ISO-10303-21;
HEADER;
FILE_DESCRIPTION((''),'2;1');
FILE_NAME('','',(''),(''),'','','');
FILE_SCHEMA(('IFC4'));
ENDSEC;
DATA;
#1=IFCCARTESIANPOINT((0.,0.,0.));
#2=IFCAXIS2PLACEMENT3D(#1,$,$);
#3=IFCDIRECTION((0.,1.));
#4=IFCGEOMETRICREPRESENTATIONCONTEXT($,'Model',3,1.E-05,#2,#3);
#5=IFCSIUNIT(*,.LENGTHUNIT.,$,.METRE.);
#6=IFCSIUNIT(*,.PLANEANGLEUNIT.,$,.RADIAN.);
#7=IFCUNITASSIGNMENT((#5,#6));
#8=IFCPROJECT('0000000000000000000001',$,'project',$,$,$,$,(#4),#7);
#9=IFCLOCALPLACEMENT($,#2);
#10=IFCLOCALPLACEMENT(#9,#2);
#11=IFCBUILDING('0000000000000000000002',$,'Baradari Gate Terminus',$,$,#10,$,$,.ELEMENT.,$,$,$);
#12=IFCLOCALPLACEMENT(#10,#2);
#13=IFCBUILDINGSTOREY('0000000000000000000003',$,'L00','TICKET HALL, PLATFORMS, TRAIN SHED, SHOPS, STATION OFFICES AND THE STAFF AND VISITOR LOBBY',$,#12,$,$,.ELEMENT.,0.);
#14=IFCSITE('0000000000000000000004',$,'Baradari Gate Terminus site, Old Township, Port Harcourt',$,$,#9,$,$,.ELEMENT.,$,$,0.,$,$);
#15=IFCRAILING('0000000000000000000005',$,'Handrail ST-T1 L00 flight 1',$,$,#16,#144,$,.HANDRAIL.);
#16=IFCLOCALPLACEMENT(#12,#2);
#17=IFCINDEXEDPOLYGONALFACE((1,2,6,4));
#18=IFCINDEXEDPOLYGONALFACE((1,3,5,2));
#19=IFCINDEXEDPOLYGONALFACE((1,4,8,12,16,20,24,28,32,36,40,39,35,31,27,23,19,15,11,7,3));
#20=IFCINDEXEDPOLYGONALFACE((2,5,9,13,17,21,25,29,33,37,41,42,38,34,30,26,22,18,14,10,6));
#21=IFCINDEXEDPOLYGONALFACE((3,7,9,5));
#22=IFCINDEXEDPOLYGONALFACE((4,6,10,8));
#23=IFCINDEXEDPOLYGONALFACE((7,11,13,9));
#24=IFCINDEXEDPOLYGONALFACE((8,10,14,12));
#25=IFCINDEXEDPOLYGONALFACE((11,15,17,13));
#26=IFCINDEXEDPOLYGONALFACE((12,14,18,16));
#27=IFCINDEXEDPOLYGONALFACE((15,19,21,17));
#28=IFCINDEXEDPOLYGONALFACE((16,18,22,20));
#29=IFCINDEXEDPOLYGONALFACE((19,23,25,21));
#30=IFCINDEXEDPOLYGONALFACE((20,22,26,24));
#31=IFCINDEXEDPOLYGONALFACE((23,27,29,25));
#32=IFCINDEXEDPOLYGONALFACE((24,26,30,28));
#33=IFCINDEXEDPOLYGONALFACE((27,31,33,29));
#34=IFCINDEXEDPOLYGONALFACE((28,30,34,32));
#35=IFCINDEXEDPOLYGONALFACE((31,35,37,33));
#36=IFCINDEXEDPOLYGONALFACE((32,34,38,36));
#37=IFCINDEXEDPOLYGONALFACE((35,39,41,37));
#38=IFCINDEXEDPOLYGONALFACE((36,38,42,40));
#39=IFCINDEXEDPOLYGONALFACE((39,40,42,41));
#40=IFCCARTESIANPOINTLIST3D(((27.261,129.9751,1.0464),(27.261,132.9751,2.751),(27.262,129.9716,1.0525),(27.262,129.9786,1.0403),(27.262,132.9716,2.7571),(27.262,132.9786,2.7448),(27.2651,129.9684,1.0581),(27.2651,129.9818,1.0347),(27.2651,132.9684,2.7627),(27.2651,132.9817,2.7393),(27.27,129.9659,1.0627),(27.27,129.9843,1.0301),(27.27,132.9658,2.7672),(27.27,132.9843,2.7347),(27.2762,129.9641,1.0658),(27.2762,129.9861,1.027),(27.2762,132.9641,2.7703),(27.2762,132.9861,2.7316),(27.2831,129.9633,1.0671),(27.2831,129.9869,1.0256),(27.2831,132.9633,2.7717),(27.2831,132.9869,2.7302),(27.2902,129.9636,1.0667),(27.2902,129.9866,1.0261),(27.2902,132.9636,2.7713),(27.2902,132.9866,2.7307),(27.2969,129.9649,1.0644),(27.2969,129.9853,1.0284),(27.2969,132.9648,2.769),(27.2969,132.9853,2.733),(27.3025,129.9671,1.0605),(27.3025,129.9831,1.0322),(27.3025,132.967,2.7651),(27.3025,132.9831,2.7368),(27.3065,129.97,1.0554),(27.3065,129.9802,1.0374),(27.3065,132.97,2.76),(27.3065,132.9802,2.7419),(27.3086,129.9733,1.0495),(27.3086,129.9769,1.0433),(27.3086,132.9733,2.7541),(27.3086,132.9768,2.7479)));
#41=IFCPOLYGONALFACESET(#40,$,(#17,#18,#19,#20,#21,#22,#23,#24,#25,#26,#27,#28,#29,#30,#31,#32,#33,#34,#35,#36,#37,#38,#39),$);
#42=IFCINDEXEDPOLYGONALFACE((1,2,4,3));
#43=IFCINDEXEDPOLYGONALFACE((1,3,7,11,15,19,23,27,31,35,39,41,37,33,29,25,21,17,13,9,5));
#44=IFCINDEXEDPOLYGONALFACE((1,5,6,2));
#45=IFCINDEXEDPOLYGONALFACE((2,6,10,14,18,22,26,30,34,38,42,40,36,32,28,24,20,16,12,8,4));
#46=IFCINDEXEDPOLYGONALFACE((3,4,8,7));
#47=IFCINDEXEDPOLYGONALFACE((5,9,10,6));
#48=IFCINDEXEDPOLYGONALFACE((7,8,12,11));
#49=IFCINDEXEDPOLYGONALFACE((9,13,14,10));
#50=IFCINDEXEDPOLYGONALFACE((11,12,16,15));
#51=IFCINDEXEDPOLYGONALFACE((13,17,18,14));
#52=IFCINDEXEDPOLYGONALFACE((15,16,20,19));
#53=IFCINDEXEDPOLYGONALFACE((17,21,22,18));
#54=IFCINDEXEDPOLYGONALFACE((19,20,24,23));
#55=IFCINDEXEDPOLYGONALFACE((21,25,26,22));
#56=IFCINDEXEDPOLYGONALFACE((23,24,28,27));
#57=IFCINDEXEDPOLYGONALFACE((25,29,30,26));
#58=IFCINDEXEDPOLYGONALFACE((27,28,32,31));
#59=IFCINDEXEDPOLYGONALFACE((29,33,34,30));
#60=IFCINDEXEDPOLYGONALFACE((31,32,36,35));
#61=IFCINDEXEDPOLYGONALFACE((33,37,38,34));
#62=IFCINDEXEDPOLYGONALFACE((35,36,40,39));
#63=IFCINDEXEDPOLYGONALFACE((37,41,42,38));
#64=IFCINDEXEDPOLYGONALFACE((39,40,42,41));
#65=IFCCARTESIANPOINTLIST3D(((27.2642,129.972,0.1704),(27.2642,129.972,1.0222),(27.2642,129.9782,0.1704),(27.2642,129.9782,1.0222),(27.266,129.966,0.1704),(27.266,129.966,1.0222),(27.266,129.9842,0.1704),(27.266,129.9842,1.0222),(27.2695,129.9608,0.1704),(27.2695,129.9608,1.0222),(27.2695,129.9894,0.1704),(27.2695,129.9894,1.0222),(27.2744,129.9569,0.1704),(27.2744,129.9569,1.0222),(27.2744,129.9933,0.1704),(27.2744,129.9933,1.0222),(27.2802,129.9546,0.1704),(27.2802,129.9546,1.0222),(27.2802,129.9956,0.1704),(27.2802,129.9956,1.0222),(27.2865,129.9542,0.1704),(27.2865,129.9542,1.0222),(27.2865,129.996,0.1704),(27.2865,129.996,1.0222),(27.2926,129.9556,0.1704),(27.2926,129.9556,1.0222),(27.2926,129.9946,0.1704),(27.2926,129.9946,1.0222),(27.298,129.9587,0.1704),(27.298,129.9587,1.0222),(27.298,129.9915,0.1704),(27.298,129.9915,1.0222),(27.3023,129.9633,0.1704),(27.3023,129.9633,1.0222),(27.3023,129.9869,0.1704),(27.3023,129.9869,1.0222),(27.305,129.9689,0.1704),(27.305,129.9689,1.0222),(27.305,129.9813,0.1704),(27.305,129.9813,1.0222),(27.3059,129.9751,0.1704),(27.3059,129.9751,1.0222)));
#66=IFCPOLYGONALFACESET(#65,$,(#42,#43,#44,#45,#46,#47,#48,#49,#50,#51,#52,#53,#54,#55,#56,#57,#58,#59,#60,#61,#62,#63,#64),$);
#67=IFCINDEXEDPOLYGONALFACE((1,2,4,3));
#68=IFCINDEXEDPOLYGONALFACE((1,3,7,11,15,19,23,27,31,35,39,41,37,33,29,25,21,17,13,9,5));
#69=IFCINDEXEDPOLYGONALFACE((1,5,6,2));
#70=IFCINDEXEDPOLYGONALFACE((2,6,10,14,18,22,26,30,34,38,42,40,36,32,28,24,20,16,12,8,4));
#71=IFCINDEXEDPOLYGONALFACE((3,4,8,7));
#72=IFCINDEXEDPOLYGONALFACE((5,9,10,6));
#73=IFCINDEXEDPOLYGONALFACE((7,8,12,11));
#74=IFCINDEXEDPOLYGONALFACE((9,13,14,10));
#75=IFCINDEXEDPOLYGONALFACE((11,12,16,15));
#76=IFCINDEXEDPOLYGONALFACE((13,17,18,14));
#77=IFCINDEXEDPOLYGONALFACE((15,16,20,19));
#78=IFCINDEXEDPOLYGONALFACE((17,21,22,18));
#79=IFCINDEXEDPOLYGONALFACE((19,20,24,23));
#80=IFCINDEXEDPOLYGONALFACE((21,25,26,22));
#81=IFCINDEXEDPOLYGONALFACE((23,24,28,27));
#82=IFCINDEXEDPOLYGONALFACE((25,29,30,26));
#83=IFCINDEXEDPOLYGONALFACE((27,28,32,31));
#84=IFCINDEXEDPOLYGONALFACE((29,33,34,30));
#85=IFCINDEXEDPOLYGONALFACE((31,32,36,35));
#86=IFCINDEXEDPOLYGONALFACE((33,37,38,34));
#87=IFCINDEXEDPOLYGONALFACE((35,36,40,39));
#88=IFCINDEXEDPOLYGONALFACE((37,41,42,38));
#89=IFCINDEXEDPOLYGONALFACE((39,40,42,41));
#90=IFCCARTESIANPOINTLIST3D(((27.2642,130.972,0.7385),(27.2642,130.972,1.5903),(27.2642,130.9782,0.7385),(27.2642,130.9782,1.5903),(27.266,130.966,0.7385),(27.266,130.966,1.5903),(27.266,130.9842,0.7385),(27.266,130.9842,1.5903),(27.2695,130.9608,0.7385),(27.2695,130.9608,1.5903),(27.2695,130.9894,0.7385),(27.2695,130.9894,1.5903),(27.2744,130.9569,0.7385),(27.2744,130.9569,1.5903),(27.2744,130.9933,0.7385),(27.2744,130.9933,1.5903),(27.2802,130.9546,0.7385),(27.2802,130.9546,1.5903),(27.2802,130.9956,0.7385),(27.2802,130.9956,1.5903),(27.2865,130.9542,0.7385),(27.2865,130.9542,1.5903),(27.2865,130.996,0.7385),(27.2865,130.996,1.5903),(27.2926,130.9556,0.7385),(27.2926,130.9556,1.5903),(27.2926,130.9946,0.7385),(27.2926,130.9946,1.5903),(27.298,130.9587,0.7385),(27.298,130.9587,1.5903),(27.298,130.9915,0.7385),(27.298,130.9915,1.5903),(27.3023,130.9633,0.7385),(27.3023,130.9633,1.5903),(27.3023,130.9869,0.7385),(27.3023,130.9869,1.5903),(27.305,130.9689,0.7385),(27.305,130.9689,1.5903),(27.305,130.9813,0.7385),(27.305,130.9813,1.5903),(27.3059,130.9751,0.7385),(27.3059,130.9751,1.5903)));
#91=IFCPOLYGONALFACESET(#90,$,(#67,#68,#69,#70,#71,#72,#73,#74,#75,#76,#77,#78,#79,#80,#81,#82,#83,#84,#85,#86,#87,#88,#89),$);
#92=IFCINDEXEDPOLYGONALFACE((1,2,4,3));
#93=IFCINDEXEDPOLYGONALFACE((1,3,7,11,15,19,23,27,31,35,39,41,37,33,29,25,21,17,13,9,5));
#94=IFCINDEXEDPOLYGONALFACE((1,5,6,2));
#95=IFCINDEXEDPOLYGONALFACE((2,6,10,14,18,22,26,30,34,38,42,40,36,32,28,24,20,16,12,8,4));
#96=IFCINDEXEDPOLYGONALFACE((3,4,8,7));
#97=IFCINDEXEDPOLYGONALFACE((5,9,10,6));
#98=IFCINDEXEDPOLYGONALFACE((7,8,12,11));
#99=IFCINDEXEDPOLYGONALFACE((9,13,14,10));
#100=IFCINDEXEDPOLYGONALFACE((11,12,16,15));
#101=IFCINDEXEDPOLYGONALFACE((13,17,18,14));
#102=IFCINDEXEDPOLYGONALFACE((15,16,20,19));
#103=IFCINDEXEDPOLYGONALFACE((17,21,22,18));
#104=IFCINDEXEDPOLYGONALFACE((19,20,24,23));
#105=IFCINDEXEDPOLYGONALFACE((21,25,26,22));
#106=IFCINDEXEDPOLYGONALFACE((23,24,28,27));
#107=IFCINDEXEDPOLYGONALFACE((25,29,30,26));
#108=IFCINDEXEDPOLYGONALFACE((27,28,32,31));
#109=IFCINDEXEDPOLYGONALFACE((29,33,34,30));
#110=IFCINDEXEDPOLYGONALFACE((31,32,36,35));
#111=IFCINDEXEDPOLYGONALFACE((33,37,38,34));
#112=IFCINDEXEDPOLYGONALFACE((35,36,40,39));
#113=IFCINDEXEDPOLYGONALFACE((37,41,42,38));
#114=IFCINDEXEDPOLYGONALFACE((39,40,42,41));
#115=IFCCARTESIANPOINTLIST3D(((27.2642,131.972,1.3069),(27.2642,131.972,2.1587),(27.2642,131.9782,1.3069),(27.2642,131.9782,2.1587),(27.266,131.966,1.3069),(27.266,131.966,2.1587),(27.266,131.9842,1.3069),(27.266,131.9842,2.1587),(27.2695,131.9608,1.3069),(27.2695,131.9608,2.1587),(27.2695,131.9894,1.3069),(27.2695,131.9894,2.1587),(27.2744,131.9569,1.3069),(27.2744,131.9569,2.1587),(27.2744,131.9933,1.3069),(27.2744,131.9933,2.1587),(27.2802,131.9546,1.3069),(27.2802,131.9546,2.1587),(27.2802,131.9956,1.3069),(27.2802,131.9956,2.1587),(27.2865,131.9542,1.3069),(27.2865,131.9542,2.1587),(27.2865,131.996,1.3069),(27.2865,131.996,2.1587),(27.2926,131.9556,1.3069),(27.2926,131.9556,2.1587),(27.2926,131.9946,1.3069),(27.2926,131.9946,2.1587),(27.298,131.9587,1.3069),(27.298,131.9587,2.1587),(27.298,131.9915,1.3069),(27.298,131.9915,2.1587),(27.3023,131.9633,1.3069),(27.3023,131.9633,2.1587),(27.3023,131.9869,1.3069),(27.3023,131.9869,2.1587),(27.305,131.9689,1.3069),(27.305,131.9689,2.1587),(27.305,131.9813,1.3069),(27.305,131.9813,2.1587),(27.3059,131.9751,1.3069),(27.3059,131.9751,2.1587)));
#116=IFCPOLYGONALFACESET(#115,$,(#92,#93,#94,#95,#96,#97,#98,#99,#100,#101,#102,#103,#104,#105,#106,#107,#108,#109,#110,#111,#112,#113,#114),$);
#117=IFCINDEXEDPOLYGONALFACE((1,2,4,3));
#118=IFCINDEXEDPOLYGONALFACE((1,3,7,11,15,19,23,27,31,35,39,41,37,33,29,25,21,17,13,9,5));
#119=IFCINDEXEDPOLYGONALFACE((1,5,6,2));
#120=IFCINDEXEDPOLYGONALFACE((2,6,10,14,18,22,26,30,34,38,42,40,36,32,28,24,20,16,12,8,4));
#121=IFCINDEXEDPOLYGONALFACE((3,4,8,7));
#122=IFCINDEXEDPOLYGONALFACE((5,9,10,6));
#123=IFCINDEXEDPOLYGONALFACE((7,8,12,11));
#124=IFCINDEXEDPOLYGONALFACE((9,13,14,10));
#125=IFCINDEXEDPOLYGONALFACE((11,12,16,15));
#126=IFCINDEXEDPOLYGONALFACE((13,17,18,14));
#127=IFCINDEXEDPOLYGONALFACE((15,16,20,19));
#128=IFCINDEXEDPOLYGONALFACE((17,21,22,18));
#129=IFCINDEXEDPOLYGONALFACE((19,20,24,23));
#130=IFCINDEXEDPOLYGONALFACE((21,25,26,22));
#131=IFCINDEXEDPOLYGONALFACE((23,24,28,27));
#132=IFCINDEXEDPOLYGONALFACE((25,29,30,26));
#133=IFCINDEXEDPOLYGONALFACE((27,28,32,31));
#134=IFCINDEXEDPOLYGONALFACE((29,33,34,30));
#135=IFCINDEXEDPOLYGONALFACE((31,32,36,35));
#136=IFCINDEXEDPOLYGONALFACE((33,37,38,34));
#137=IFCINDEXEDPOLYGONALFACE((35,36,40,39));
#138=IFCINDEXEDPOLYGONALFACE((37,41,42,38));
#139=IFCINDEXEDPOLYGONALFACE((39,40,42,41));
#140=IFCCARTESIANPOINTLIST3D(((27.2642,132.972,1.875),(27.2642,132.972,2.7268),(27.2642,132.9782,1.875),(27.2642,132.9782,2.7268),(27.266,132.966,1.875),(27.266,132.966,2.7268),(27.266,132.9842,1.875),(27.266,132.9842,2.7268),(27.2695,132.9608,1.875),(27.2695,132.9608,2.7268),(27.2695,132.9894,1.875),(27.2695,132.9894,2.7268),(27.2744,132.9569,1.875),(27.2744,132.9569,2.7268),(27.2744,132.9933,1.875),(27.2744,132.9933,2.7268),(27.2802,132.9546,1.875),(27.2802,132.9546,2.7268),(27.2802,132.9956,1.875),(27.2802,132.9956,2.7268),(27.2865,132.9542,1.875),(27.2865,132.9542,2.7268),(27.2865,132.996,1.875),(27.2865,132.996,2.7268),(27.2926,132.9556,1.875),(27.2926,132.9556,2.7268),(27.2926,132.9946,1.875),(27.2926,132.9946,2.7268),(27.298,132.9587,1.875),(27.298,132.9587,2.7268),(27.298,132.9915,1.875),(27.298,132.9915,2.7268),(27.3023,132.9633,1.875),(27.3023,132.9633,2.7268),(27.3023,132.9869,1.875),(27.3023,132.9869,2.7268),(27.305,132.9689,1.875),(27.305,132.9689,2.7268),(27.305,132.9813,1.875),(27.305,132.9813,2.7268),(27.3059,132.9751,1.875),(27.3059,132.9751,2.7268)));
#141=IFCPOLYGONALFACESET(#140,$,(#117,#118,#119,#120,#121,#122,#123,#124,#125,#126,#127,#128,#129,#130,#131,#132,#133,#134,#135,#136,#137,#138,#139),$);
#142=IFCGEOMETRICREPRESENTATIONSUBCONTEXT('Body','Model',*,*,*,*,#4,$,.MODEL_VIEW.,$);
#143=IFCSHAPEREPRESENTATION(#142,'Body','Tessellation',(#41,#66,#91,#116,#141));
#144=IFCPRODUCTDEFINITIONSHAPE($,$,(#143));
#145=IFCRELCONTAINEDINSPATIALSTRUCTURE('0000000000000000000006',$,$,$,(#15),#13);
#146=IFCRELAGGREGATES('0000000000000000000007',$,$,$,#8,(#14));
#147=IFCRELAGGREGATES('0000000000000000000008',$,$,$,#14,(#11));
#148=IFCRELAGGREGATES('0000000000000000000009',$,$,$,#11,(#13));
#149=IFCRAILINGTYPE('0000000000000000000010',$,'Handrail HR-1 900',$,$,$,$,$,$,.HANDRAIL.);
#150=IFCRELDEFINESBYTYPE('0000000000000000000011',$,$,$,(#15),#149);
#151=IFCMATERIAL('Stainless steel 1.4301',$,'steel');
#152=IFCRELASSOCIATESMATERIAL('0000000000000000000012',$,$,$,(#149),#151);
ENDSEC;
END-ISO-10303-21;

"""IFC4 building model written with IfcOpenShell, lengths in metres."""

from ifc_helpers import new_model, si_unit, direction, frame, origin, origin_2d, place, context, subcontext, project, spatial, circle, extrude, material, type_object, element, save


model = new_model("IFC4")

# Units and contexts
model_context = context("Model", 3, precision=1e-05, world=origin(), true_north=direction((0.0, 1.0)))
body_context = subcontext(model_context, "Body", "Model", "MODEL_VIEW")
ifc_project = project(units=[si_unit("LENGTHUNIT", "METRE"), si_unit("PLANEANGLEUNIT", "RADIAN")], contexts=[model_context])

# Site, building, storey
site_placement = place(None, origin())
site = spatial("IfcSite", under=ifc_project, at=site_placement, Name="Baradari Gate Terminus site, Old Township, Port Harcourt", CompositionType="ELEMENT", RefElevation=0.0)
building_placement = place(site_placement, origin())
building = spatial("IfcBuilding", under=site, at=building_placement, Name="Baradari Gate Terminus", CompositionType="ELEMENT")
storey_placement = place(building_placement, origin())
storey = spatial("IfcBuildingStorey", under=building, at=storey_placement, Name="L00", Description="TICKET HALL, PLATFORMS, TRAIN SHED, SHOPS, STATION OFFICES AND THE STAFF AND VISITOR LOBBY", CompositionType="ELEMENT", Elevation=0.0)

# Railing
ifc_material_1 = material(Name="Stainless steel 1.4301", Category="steel")
railing_type_1 = type_object("IfcRailingType", Name="Handrail HR-1 900", PredefinedType="HANDRAIL", material=ifc_material_1)
for number, where, name in (
    (1, (27.2849, 129.9751, 0.1704), "Handrail ST-T1 L00 flight 1"),
):
    element("IfcRailing", number, at=place(storey_placement, frame(where)), inside=storey, type_object=railing_type_1, Name=name, PredefinedType="HANDRAIL", context=body_context, shape_type="SweptSolid", body=[
        extrude(circle(Radius=0.0239, at=origin_2d()), frame((0.0, 0.0, 0.876), z_axis=(0.0, 0.869451, 0.494019), x_axis=(-1.0, 0.0, 0.0)), (0.0, 0.0, 1.0), 3.4504),
        extrude(circle(Radius=0.021, at=origin_2d()), origin(), (0.0, 0.0, 1.0), 0.8518),
        extrude(circle(Radius=0.021, at=origin_2d()), frame((0.0, 1.0, 0.5681)), (0.0, 0.0, 1.0), 0.8518),
        extrude(circle(Radius=0.021, at=origin_2d()), frame((0.0, 2.0, 1.1365)), (0.0, 0.0, 1.0), 0.8518),
        extrude(circle(Radius=0.021, at=origin_2d()), frame((0.0, 3.0, 1.7046)), (0.0, 0.0, 1.0), 0.8518),
    ])

save(model, "model.ifc")
